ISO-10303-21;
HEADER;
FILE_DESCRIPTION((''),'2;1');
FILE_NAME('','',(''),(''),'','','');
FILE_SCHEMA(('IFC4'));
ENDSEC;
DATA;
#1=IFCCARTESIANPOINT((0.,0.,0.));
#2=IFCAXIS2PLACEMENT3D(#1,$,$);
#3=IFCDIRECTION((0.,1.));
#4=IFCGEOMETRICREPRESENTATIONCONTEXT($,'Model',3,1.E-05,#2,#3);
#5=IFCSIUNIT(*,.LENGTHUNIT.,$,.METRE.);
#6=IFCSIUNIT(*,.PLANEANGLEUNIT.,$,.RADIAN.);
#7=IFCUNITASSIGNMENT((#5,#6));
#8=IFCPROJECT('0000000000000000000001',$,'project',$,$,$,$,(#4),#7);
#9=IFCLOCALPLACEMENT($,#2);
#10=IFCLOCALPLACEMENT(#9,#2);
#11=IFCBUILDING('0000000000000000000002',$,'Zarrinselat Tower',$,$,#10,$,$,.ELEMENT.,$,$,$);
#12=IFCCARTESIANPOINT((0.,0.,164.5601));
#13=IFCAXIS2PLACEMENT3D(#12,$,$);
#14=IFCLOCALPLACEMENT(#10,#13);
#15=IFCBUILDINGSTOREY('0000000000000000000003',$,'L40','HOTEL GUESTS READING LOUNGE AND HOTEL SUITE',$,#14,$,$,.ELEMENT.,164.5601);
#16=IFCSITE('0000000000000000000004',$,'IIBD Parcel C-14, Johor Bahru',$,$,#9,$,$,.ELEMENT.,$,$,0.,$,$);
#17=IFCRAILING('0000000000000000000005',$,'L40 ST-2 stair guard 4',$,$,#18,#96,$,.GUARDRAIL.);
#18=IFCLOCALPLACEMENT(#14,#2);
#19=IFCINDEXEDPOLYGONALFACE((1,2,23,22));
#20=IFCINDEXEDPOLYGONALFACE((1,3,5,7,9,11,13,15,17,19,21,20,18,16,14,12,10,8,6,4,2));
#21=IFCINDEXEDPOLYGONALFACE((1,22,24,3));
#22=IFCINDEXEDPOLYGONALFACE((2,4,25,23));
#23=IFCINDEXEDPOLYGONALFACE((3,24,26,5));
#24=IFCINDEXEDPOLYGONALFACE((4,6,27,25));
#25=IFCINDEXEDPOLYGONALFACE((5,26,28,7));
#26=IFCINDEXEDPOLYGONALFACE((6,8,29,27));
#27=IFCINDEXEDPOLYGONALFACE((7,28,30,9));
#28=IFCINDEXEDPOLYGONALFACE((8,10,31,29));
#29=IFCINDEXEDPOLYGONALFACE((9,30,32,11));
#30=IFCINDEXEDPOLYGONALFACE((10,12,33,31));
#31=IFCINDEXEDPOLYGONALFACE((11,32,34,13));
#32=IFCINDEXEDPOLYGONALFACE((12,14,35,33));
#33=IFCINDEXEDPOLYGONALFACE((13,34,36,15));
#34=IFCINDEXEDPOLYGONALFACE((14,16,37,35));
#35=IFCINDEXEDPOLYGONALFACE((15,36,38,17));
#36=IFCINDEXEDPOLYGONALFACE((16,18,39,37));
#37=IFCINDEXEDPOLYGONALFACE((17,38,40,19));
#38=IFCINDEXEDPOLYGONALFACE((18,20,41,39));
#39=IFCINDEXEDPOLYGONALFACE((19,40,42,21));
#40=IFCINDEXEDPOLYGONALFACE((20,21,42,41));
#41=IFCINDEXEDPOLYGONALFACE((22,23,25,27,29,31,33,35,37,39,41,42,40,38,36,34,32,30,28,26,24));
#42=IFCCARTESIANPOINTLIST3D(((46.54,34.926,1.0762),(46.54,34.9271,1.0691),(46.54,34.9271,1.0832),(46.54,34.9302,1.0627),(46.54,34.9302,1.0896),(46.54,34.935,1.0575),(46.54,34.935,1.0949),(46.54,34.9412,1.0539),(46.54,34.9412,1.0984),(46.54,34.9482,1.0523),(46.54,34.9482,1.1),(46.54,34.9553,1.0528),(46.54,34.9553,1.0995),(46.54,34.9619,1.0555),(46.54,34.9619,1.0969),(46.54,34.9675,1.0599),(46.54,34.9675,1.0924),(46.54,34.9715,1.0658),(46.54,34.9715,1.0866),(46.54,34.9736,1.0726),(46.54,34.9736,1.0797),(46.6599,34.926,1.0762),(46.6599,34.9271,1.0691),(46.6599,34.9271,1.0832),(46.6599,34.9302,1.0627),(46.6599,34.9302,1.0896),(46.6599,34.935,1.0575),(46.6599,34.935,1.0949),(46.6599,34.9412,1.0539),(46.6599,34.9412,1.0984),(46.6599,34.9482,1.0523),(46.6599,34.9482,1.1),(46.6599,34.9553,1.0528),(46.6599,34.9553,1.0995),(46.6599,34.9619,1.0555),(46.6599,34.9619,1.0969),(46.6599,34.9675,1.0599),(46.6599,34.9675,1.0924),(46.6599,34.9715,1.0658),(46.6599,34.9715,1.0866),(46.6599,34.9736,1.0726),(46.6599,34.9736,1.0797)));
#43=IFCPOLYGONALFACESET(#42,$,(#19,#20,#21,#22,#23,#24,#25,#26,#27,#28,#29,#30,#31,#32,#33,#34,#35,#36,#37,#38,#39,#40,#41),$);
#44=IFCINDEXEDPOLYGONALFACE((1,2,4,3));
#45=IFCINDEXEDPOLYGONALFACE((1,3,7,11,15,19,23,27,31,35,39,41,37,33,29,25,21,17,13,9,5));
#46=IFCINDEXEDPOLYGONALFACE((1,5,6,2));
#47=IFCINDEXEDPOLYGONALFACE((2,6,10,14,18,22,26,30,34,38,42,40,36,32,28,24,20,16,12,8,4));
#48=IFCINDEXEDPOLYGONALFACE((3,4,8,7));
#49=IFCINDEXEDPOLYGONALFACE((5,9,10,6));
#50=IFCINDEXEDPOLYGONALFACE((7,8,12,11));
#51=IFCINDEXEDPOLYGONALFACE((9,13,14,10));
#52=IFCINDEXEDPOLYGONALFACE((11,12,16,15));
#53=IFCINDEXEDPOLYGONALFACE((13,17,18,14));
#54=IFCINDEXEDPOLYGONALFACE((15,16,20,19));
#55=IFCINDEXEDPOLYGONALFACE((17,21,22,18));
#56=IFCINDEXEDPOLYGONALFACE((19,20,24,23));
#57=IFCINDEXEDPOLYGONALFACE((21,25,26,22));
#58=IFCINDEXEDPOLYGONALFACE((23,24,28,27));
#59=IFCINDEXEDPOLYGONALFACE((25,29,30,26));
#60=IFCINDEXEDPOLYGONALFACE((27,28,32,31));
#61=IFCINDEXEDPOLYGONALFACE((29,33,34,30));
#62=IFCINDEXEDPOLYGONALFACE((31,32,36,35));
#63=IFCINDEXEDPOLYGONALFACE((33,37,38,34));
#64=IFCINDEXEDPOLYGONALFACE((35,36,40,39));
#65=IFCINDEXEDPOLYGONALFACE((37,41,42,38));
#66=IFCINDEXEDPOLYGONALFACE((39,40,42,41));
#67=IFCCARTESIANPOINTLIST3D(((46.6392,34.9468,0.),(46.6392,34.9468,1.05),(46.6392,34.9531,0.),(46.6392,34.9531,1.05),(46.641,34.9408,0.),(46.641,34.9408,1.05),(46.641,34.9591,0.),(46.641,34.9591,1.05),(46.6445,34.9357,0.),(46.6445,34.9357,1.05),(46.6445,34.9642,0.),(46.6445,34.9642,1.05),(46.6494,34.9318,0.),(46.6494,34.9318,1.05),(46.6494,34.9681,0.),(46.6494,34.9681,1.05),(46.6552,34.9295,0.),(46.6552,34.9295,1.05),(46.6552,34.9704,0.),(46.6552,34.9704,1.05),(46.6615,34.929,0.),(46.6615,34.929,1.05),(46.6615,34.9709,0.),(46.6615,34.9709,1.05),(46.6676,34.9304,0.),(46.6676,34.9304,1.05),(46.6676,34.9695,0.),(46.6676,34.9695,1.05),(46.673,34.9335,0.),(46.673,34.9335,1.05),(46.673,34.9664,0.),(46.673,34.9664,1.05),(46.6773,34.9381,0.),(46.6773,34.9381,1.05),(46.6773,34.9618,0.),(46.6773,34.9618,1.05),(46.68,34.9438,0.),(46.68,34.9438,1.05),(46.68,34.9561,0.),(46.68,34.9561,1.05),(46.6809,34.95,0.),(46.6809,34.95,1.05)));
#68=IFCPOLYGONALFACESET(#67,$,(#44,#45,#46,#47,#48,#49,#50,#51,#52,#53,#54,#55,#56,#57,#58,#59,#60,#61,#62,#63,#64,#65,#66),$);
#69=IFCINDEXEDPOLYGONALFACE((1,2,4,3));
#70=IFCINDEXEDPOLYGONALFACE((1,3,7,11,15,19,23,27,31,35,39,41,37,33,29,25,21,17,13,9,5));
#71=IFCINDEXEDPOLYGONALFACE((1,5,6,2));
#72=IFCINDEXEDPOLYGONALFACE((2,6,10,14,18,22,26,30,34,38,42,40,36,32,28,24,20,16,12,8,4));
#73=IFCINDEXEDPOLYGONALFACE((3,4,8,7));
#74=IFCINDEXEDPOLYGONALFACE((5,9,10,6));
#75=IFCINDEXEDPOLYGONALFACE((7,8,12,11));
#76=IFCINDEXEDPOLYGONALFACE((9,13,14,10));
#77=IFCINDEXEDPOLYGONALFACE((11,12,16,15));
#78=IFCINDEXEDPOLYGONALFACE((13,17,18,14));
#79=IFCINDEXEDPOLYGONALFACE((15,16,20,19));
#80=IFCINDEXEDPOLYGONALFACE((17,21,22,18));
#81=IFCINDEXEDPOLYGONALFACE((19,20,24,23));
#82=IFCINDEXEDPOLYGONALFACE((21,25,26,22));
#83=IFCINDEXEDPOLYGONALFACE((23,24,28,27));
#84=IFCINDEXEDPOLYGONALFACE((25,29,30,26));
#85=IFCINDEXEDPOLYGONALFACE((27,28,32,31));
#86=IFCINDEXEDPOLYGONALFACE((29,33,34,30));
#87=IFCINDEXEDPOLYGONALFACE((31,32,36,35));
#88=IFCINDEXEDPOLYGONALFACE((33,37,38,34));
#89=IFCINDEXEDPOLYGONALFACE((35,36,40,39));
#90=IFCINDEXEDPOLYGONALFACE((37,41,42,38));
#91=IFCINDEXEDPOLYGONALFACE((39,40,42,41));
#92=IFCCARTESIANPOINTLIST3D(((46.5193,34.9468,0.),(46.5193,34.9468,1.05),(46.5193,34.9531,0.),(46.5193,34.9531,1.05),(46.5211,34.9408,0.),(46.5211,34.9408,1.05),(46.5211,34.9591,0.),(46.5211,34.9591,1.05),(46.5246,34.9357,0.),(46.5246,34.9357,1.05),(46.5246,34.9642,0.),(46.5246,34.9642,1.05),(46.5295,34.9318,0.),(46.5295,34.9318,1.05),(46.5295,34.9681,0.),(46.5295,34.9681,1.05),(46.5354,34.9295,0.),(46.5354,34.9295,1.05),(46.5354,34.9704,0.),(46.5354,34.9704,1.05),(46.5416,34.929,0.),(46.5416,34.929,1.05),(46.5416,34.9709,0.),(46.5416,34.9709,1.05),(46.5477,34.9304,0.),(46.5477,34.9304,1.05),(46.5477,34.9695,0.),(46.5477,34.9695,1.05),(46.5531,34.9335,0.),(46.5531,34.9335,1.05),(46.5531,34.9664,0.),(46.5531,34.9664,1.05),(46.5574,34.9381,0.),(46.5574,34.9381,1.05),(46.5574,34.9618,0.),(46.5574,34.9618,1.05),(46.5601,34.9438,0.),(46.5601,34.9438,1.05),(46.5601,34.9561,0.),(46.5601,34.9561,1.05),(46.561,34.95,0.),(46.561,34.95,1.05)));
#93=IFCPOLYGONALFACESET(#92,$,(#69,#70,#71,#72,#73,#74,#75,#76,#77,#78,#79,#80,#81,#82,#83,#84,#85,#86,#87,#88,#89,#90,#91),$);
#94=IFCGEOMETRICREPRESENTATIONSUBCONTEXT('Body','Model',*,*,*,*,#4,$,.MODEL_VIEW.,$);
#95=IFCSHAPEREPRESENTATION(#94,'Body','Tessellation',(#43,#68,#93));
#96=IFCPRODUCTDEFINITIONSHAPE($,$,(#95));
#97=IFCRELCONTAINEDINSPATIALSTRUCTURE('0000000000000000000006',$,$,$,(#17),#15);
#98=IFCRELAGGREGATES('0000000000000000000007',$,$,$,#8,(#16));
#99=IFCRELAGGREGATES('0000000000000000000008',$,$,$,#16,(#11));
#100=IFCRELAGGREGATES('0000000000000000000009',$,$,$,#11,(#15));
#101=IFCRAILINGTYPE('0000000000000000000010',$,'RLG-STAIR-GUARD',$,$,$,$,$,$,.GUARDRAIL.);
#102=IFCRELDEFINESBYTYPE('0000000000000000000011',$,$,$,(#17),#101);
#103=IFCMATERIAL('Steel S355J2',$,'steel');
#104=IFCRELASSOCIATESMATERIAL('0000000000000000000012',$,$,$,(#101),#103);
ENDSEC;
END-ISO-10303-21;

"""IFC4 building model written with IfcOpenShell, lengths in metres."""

from ifc_helpers import new_model, si_unit, direction, frame, origin, origin_2d, place, context, subcontext, project, spatial, circle, extrude, material, type_object, element, save


model = new_model("IFC4")

# Units and contexts
model_context = context("Model", 3, precision=1e-05, world=origin(), true_north=direction((0.0, 1.0)))
body_context = subcontext(model_context, "Body", "Model", "MODEL_VIEW")
ifc_project = project(units=[si_unit("LENGTHUNIT", "METRE"), si_unit("PLANEANGLEUNIT", "RADIAN")], contexts=[model_context])

# Site, building, storey
site_placement = place(None, origin())
site = spatial("IfcSite", under=ifc_project, at=site_placement, Name="IIBD Parcel C-14, Johor Bahru", CompositionType="ELEMENT", RefElevation=0.0)
building_placement = place(site_placement, origin())
building = spatial("IfcBuilding", under=site, at=building_placement, Name="Zarrinselat Tower", CompositionType="ELEMENT")
storey_placement = place(building_placement, frame((0.0, 0.0, 164.5601)))
storey = spatial("IfcBuildingStorey", under=building, at=storey_placement, Name="L40", Description="HOTEL GUESTS READING LOUNGE AND HOTEL SUITE", CompositionType="ELEMENT", Elevation=164.5601)

# Railing
ifc_material_1 = material(Name="Steel S355J2", Category="steel")
railing_type_1 = type_object("IfcRailingType", Name="RLG-STAIR-GUARD", PredefinedType="GUARDRAIL", material=ifc_material_1)
railing_1_placement = place(storey_placement, frame((46.6599, 34.95, 0.0)))
element("IfcRailing", 1, at=railing_1_placement, inside=storey, type_object=railing_type_1, Name="L40 ST-2 stair guard 4", PredefinedType="GUARDRAIL", context=body_context, shape_type="SweptSolid", body=[
    extrude(circle(Radius=0.0239, at=origin_2d()), frame((0.0, 0.0, 1.0762), z_axis=(-1.0, 0.0, 0.0), x_axis=(0.0, -1.0, 0.0)), (0.0, 0.0, 1.0), 0.1199),
    extrude(circle(Radius=0.021, at=origin_2d()), origin(), (0.0, 0.0, 1.0), 1.05),
    extrude(circle(Radius=0.021, at=origin_2d()), frame((-0.1199, 0.0, 0.0)), (0.0, 0.0, 1.0), 1.05),
])

save(model, "model.ifc")
